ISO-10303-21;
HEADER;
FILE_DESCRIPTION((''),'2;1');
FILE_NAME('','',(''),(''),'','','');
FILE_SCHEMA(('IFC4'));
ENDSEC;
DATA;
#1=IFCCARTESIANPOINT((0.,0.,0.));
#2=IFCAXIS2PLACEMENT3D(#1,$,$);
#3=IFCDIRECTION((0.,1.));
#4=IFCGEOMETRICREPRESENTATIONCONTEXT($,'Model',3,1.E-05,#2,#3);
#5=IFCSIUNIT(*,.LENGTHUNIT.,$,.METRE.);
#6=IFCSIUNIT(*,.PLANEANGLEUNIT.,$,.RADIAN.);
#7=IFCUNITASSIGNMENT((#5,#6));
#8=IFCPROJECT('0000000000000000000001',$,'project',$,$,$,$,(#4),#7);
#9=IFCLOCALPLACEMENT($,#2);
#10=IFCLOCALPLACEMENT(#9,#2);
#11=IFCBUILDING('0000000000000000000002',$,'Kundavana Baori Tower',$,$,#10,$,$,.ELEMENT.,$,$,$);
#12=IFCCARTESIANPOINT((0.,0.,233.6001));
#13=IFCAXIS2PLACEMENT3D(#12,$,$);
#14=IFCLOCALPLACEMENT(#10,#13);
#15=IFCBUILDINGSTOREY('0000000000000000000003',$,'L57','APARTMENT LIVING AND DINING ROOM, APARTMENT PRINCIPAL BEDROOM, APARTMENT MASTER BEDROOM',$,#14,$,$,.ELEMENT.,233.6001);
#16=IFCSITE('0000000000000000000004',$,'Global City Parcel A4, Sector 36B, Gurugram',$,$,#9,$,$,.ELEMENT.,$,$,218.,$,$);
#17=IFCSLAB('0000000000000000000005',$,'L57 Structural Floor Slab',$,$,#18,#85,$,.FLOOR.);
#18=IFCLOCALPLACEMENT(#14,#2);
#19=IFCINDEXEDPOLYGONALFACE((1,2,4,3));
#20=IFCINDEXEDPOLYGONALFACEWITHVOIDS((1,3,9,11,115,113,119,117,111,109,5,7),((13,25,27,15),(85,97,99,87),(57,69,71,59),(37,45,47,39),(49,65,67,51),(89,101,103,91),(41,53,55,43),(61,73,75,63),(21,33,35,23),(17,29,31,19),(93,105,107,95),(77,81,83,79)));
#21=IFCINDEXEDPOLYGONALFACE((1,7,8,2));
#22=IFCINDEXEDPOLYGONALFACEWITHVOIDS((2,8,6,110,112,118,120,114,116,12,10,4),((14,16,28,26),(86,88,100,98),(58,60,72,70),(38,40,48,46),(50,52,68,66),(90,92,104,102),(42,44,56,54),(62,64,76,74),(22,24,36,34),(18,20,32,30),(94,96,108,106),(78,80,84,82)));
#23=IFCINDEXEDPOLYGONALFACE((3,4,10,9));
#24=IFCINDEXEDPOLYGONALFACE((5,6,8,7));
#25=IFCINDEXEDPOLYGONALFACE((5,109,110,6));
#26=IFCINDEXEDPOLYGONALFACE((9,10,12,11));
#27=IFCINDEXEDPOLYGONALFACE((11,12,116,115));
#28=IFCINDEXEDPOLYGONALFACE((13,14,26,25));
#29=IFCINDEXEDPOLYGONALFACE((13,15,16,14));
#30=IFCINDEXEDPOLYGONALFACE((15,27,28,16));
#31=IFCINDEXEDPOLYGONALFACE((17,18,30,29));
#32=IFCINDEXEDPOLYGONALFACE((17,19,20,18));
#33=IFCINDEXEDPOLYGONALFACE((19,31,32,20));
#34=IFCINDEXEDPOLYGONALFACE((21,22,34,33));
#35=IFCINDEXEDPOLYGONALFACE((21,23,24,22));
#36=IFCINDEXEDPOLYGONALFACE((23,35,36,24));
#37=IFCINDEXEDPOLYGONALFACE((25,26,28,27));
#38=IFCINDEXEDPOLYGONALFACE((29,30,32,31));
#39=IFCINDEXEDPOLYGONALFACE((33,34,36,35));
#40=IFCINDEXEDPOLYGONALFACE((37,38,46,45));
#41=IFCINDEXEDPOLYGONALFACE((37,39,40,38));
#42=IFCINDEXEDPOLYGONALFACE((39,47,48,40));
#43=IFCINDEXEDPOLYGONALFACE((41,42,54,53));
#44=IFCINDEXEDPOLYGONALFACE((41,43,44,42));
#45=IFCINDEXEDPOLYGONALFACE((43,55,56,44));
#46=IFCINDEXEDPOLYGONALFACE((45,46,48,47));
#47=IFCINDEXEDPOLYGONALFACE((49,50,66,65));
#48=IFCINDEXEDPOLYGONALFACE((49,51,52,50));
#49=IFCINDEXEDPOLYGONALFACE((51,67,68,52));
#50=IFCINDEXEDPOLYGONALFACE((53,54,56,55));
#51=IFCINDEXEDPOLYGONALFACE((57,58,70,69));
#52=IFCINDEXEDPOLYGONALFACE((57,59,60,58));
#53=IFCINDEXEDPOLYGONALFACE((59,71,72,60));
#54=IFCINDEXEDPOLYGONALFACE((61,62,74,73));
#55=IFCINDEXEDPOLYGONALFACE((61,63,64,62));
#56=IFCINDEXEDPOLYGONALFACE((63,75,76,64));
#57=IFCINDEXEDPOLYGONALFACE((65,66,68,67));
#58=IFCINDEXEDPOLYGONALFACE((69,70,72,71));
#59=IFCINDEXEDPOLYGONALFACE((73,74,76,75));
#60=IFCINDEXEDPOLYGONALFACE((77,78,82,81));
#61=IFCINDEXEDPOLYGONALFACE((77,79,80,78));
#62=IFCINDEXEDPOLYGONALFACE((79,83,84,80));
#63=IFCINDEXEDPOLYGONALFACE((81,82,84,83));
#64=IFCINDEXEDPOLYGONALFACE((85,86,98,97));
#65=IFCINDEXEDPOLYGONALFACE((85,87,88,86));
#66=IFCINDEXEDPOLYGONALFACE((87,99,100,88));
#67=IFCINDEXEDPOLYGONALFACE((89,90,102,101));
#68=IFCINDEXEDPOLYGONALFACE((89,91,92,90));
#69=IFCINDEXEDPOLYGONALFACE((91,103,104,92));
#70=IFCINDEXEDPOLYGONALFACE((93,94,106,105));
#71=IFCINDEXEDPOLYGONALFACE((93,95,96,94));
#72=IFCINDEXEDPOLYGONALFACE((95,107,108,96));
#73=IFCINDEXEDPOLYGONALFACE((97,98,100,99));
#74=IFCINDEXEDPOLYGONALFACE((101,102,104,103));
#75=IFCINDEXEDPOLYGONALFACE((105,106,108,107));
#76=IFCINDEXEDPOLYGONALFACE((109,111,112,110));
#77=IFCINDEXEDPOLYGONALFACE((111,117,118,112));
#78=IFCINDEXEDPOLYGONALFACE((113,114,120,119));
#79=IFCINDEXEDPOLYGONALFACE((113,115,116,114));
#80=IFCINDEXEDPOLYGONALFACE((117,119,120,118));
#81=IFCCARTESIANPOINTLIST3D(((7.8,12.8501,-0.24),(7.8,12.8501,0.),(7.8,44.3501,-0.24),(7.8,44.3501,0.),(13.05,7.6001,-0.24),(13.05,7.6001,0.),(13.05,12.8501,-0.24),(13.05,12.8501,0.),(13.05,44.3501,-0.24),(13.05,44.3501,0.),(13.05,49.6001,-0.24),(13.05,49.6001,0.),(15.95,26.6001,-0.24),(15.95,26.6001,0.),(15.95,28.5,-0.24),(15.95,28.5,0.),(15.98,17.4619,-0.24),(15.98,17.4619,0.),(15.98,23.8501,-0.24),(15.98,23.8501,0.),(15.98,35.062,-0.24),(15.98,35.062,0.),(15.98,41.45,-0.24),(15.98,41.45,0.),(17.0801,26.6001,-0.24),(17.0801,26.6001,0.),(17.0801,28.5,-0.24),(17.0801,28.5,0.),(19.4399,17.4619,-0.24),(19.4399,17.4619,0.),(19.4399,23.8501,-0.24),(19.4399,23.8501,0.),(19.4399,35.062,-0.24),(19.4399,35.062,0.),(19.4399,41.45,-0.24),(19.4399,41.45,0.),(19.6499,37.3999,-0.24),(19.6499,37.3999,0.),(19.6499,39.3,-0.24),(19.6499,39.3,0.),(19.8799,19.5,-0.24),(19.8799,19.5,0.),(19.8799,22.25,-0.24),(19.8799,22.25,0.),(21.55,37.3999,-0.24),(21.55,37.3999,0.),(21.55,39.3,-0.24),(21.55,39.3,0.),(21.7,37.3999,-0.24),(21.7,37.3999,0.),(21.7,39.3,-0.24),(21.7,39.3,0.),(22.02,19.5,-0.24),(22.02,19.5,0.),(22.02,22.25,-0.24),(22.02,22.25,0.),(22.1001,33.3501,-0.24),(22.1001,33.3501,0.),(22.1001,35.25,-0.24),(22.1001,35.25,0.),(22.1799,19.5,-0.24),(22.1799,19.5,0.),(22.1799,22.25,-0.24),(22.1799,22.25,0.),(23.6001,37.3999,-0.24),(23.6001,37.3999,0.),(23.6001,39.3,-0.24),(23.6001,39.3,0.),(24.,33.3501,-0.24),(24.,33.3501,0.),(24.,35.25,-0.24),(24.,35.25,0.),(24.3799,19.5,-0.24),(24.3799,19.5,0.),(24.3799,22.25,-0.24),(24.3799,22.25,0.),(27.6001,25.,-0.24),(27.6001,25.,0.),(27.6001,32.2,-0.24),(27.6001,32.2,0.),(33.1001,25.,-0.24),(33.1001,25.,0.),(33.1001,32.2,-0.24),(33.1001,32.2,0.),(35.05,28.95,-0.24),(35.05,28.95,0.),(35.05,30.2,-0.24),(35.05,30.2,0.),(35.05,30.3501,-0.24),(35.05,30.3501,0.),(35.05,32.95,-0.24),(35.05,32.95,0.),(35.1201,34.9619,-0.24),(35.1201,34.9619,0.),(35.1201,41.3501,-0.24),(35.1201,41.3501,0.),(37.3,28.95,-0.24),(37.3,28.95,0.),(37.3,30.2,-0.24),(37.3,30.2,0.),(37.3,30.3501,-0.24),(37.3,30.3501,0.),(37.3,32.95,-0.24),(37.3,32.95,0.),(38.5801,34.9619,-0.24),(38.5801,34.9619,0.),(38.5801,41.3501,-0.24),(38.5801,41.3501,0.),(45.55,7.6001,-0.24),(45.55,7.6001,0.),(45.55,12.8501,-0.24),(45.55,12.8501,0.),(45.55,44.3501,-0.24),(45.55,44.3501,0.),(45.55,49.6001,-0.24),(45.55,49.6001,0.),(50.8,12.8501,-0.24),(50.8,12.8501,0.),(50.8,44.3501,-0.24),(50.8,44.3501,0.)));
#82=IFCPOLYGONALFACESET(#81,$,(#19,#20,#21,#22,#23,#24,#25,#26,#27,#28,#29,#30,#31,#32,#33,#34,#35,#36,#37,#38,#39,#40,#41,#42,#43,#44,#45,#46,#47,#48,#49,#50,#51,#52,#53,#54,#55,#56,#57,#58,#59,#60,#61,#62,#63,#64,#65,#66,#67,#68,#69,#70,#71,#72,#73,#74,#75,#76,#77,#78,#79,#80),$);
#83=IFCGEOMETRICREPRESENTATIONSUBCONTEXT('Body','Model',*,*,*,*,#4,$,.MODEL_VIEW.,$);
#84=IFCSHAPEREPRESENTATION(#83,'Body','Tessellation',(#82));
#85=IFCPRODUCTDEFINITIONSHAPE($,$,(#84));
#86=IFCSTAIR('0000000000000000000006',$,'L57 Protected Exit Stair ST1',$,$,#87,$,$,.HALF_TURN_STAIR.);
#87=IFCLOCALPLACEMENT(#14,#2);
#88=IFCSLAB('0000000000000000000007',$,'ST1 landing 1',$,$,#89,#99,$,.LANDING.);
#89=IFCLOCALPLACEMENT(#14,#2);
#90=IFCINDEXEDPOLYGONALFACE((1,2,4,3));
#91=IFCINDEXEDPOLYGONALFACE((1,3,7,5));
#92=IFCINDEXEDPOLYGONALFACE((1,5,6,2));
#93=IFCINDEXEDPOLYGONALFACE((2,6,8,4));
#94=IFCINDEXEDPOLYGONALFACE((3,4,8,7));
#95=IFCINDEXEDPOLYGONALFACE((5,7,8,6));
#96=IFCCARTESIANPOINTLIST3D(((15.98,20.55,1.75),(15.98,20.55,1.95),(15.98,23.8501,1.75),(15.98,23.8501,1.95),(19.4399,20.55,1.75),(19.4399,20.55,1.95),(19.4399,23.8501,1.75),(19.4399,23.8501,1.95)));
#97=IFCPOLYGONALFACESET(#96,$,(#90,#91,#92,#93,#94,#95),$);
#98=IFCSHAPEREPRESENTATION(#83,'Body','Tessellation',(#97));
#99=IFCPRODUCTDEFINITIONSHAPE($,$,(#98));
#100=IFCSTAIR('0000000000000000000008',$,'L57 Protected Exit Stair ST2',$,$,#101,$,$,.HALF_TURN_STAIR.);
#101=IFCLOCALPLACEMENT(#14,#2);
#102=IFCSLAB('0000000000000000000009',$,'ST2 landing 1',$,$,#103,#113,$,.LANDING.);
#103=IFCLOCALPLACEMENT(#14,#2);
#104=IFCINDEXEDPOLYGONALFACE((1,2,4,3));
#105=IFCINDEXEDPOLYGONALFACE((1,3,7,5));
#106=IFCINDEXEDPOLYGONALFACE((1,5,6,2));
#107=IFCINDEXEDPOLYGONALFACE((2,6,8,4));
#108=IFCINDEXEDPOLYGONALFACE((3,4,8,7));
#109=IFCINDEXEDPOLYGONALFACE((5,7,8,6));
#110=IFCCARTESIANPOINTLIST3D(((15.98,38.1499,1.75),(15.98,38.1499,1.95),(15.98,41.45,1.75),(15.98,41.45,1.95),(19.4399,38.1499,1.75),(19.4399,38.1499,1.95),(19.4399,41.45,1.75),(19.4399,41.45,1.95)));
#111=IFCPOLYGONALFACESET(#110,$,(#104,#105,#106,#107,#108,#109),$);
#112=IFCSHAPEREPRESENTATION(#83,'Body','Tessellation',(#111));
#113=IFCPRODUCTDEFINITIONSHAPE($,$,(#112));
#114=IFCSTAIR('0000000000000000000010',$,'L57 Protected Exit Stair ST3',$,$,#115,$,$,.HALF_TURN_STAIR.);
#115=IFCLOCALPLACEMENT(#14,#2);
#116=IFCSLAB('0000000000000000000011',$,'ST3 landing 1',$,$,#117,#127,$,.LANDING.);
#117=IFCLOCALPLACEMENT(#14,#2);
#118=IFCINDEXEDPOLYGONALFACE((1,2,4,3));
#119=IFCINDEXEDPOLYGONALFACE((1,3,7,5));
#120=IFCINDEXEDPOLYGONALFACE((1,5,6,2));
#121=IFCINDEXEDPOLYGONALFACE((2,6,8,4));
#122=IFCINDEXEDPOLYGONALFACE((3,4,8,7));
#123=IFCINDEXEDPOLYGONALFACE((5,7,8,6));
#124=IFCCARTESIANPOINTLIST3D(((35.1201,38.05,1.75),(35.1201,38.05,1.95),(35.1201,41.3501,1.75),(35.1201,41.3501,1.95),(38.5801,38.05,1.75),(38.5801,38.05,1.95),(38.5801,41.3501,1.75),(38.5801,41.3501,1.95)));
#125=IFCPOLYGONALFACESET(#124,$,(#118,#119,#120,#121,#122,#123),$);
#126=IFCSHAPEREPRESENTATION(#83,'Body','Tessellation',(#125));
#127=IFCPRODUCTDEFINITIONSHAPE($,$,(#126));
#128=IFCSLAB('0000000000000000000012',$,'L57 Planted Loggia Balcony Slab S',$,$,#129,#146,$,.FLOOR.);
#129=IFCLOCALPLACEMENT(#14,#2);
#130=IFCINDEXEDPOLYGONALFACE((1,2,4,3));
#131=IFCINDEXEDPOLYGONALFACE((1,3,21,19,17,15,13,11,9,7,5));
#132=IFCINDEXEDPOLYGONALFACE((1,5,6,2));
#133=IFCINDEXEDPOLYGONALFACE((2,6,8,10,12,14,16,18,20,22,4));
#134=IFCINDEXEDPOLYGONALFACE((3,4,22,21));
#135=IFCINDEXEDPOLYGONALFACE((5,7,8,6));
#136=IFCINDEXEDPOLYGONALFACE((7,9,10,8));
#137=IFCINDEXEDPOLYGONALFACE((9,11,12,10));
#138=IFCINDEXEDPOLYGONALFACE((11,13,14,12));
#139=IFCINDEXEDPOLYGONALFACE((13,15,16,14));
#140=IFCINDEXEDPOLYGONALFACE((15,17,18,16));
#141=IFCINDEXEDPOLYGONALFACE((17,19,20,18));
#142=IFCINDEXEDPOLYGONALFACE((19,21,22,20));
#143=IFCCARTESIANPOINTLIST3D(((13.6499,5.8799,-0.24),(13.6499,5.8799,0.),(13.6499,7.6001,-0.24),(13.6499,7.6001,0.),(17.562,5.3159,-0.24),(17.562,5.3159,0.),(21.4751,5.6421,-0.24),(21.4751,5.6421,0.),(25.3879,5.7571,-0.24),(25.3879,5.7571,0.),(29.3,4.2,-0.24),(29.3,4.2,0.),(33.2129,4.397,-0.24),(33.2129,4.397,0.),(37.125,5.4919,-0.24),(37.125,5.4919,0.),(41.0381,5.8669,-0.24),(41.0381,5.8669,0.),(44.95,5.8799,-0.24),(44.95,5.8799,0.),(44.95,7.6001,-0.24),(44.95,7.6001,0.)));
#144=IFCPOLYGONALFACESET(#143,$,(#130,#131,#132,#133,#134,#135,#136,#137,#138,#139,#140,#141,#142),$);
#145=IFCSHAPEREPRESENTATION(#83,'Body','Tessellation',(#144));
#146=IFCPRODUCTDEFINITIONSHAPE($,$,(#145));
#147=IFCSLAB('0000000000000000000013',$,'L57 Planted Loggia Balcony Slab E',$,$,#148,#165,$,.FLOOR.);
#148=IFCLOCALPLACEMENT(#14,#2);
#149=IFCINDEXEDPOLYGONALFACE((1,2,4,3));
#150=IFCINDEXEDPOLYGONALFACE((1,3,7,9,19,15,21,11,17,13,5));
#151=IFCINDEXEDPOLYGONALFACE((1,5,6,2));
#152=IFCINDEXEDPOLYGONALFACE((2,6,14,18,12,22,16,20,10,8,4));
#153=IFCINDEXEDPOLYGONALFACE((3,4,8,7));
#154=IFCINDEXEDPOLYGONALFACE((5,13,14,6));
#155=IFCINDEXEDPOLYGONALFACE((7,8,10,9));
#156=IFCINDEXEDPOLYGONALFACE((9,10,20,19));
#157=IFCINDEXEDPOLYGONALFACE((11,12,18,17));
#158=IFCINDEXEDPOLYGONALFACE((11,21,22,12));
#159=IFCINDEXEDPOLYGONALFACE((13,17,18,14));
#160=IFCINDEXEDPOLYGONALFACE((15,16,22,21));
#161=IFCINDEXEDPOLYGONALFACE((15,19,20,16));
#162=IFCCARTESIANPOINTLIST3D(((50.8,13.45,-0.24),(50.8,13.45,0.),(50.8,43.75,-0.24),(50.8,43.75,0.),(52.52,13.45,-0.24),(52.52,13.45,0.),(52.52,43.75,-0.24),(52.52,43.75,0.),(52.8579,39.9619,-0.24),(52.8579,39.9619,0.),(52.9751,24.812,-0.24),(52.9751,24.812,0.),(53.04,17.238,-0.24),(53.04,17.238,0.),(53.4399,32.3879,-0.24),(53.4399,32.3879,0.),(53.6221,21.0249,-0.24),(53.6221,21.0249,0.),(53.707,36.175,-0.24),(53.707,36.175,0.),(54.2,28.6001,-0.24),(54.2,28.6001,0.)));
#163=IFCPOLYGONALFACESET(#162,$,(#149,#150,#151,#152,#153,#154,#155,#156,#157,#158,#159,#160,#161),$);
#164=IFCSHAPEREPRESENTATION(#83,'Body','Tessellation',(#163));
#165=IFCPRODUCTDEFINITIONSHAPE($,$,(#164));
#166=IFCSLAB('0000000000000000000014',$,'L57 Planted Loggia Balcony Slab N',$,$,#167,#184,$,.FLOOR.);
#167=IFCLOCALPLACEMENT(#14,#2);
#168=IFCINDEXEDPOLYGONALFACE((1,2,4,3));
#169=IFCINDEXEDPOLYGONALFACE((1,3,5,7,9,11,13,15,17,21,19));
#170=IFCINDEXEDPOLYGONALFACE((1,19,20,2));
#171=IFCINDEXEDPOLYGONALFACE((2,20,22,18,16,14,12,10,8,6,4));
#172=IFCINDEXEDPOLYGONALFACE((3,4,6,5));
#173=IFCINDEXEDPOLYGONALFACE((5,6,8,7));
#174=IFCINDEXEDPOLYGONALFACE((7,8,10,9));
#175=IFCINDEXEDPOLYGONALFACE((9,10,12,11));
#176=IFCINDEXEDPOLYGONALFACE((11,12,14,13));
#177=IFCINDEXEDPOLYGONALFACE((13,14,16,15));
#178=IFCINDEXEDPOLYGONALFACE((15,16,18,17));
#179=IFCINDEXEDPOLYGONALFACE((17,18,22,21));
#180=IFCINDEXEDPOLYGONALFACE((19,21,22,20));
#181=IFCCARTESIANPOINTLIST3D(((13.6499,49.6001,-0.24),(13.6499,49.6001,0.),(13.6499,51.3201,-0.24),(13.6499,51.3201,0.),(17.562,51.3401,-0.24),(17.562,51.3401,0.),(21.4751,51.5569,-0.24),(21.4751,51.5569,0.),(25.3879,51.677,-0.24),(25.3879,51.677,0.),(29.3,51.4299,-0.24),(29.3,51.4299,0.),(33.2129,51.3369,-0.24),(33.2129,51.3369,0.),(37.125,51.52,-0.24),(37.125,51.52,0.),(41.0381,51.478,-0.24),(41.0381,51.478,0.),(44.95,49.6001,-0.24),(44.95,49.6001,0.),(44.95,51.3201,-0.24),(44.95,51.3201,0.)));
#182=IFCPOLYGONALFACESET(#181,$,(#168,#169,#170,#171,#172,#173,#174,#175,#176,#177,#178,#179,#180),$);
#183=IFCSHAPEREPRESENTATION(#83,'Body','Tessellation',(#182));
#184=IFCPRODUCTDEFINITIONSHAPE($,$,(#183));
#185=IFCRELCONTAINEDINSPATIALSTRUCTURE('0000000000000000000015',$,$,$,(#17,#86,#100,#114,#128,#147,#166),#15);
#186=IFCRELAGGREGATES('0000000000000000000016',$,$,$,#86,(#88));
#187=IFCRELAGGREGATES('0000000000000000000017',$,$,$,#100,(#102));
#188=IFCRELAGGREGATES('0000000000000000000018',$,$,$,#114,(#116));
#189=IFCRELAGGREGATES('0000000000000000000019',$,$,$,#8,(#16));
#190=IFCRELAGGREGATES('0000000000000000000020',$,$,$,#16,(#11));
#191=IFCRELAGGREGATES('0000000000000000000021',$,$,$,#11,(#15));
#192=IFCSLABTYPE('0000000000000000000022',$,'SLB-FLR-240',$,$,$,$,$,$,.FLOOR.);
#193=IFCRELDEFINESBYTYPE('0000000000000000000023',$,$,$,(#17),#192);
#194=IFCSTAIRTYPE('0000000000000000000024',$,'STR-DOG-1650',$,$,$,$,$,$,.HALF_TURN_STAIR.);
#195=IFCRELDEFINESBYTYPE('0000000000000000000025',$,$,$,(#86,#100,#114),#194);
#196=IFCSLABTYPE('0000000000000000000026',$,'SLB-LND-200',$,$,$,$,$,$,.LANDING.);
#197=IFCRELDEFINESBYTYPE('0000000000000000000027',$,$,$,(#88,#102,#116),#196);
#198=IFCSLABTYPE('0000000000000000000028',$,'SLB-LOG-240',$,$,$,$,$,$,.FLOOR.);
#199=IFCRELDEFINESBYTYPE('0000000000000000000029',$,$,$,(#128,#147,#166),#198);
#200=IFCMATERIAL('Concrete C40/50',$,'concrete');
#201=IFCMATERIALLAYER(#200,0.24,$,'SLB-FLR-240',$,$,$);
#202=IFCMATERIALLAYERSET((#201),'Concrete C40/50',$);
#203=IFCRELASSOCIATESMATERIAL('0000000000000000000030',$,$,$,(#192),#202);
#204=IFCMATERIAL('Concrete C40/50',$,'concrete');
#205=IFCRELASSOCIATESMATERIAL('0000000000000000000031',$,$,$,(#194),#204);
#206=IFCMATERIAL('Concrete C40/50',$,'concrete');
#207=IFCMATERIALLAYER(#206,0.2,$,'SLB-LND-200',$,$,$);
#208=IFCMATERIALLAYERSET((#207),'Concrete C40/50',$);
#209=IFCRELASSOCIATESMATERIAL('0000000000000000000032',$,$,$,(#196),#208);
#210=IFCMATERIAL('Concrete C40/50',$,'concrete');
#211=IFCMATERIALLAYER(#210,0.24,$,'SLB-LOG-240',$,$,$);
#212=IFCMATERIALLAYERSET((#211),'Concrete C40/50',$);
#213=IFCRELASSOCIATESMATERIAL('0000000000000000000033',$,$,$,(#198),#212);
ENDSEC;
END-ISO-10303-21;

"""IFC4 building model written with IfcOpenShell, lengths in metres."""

from ifc_helpers import new_model, si_unit, direction, frame, origin, place, context, subcontext, project, spatial, polyline, outline, extrude, material, layer, layer_set, type_object, element, aggregate, save


model = new_model("IFC4")

# Units and contexts
model_context = context("Model", 3, precision=1e-05, world=origin(), true_north=direction((0.0, 1.0)))
body_context = subcontext(model_context, "Body", "Model", "MODEL_VIEW")
ifc_project = project(units=[si_unit("LENGTHUNIT", "METRE"), si_unit("PLANEANGLEUNIT", "RADIAN")], contexts=[model_context])

# Site, building, storey
site_placement = place(None, origin())
site = spatial("IfcSite", under=ifc_project, at=site_placement, Name="Global City Parcel A4, Sector 36B, Gurugram", CompositionType="ELEMENT", RefElevation=218.0)
building_placement = place(site_placement, origin())
building = spatial("IfcBuilding", under=site, at=building_placement, Name="Kundavana Baori Tower", CompositionType="ELEMENT")
storey_placement = place(building_placement, frame((0.0, 0.0, 233.6001)))
storey = spatial("IfcBuildingStorey", under=building, at=storey_placement, Name="L57", Description="APARTMENT LIVING AND DINING ROOM, APARTMENT PRINCIPAL BEDROOM, APARTMENT MASTER BEDROOM", CompositionType="ELEMENT", Elevation=233.6001)

# Slab
ifc_material_1 = material(Name="Concrete C40/50", Category="concrete")
ifc_layer_1 = layer(ifc_material_1, 0.24, Name="SLB-FLR-240")
ifc_layer_set_1 = layer_set([ifc_layer_1], Name="Concrete C40/50")
slab_type_1 = type_object("IfcSlabType", Name="SLB-FLR-240", PredefinedType="FLOOR", material=ifc_layer_set_1)
slab_1_placement = place(storey_placement, frame((0.0, 0.0, -0.24)))
element("IfcSlab", 1, at=slab_1_placement, inside=storey, type_object=slab_type_1, Name="L57 Structural Floor Slab", PredefinedType="FLOOR", context=body_context, shape_type="SweptSolid", body=[
    extrude(outline(polyline([(13.05, 7.6001), (45.55, 7.6001), (45.55, 12.8501), (50.8, 12.8501), (50.8, 44.3501), (45.55, 44.3501), (45.55, 49.6001), (13.05, 49.6001), (13.05, 44.3501), (7.8, 44.3501), (7.8, 12.8501), (13.05, 12.8501), (13.05, 7.6001)]), holes=[polyline([(19.4399, 17.4619), (19.4399, 23.8501), (15.98, 23.8501), (15.98, 17.4619), (19.4399, 17.4619)]), polyline([(19.4399, 35.062), (19.4399, 41.45), (15.98, 41.45), (15.98, 35.062), (19.4399, 35.062)]), polyline([(38.5801, 34.9619), (38.5801, 41.3501), (35.1201, 41.3501), (35.1201, 34.9619), (38.5801, 34.9619)]), polyline([(19.6499, 37.3999), (21.55, 37.3999), (21.55, 39.3), (19.6499, 39.3), (19.6499, 37.3999)]), polyline([(21.7, 37.3999), (23.6001, 37.3999), (23.6001, 39.3), (21.7, 39.3), (21.7, 37.3999)]), polyline([(22.1001, 33.3501), (24.0, 33.3501), (24.0, 35.25), (22.1001, 35.25), (22.1001, 33.3501)]), polyline([(19.8799, 19.5), (22.02, 19.5), (22.02, 22.25), (19.8799, 22.25), (19.8799, 19.5)]), polyline([(22.1799, 19.5), (24.3799, 19.5), (24.3799, 22.25), (22.1799, 22.25), (22.1799, 19.5)]), polyline([(35.05, 30.3501), (37.3, 30.3501), (37.3, 32.95), (35.05, 32.95), (35.05, 30.3501)]), polyline([(15.95, 26.6001), (17.0801, 26.6001), (17.0801, 28.5), (15.95, 28.5), (15.95, 26.6001)]), polyline([(35.05, 28.95), (37.3, 28.95), (37.3, 30.2), (35.05, 30.2), (35.05, 28.95)]), polyline([(27.6001, 25.0), (33.1001, 25.0), (33.1001, 32.2), (27.6001, 32.2), (27.6001, 25.0)])]), origin(), (0.0, 0.0, 1.0), 0.24),
])

# Stairs, slabs
ifc_material_2 = material(Name="Concrete C40/50", Category="concrete")
stair_type = type_object("IfcStairType", Name="STR-DOG-1650", PredefinedType="HALF_TURN_STAIR", material=ifc_material_2)
stair_1_placement = place(storey_placement, origin())
stair_1 = element("IfcStair", 2, at=stair_1_placement, inside=storey, type_object=stair_type, Name="L57 Protected Exit Stair ST1", PredefinedType="HALF_TURN_STAIR")
ifc_material_3 = material(Name="Concrete C40/50", Category="concrete")
ifc_layer_2 = layer(ifc_material_3, 0.2, Name="SLB-LND-200")
ifc_layer_set_2 = layer_set([ifc_layer_2], Name="Concrete C40/50")
slab_type_2 = type_object("IfcSlabType", Name="SLB-LND-200", PredefinedType="LANDING", material=ifc_layer_set_2)
slab_2_placement = place(storey_placement, frame((0.0, 0.0, 1.75)))
slab_2 = element("IfcSlab", 3, at=slab_2_placement, type_object=slab_type_2, Name="ST1 landing 1", PredefinedType="LANDING", context=body_context, shape_type="SweptSolid", body=[
    extrude(outline(polyline([(19.4399, 20.55), (19.4399, 23.8501), (15.98, 23.8501), (15.98, 20.55), (19.4399, 20.55)])), origin(), (0.0, 0.0, 1.0), 0.2),
])
aggregate(stair_1, [slab_2])
stair_2_placement = place(storey_placement, origin())
stair_2 = element("IfcStair", 4, at=stair_2_placement, inside=storey, type_object=stair_type, Name="L57 Protected Exit Stair ST2", PredefinedType="HALF_TURN_STAIR")
slab_3_placement = place(storey_placement, frame((0.0, 0.0, 1.75)))
slab_3 = element("IfcSlab", 5, at=slab_3_placement, type_object=slab_type_2, Name="ST2 landing 1", PredefinedType="LANDING", context=body_context, shape_type="SweptSolid", body=[
    extrude(outline(polyline([(19.4399, 38.1499), (19.4399, 41.45), (15.98, 41.45), (15.98, 38.1499), (19.4399, 38.1499)])), origin(), (0.0, 0.0, 1.0), 0.2),
])
aggregate(stair_2, [slab_3])
stair_3_placement = place(storey_placement, origin())
stair_3 = element("IfcStair", 6, at=stair_3_placement, inside=storey, type_object=stair_type, Name="L57 Protected Exit Stair ST3", PredefinedType="HALF_TURN_STAIR")
slab_4_placement = place(storey_placement, frame((0.0, 0.0, 1.75)))
slab_4 = element("IfcSlab", 7, at=slab_4_placement, type_object=slab_type_2, Name="ST3 landing 1", PredefinedType="LANDING", context=body_context, shape_type="SweptSolid", body=[
    extrude(outline(polyline([(38.5801, 38.05), (38.5801, 41.3501), (35.1201, 41.3501), (35.1201, 38.05), (38.5801, 38.05)])), origin(), (0.0, 0.0, 1.0), 0.2),
])
aggregate(stair_3, [slab_4])

# Slabs
ifc_material_4 = material(Name="Concrete C40/50", Category="concrete")
ifc_layer_3 = layer(ifc_material_4, 0.24, Name="SLB-LOG-240")
ifc_layer_set_3 = layer_set([ifc_layer_3], Name="Concrete C40/50")
slab_type_3 = type_object("IfcSlabType", Name="SLB-LOG-240", PredefinedType="FLOOR", material=ifc_layer_set_3)
slab_5_placement = place(storey_placement, frame((0.0, 0.0, -0.24)))
element("IfcSlab", 8, at=slab_5_placement, inside=storey, type_object=slab_type_3, Name="L57 Planted Loggia Balcony Slab S", PredefinedType="FLOOR", context=body_context, shape_type="SweptSolid", body=[
    extrude(outline(polyline([(13.6499, 7.6001), (44.95, 7.6001), (44.95, 5.8799), (41.0381, 5.8669), (37.125, 5.4919), (33.2129, 4.397), (29.3, 4.2), (25.3879, 5.7571), (21.4751, 5.6421), (17.562, 5.3159), (13.6499, 5.8799), (13.6499, 7.6001)])), origin(), (0.0, 0.0, 1.0), 0.24),
])
slab_6_placement = place(storey_placement, frame((0.0, 0.0, -0.24)))
element("IfcSlab", 9, at=slab_6_placement, inside=storey, type_object=slab_type_3, Name="L57 Planted Loggia Balcony Slab E", PredefinedType="FLOOR", context=body_context, shape_type="SweptSolid", body=[
    extrude(outline(polyline([(50.8, 13.45), (50.8, 43.75), (52.52, 43.75), (52.8579, 39.9619), (53.707, 36.175), (53.4399, 32.3879), (54.2, 28.6001), (52.9751, 24.812), (53.6221, 21.0249), (53.04, 17.238), (52.52, 13.45), (50.8, 13.45)])), origin(), (0.0, 0.0, 1.0), 0.24),
])
slab_7_placement = place(storey_placement, frame((0.0, 0.0, -0.24)))
element("IfcSlab", 10, at=slab_7_placement, inside=storey, type_object=slab_type_3, Name="L57 Planted Loggia Balcony Slab N", PredefinedType="FLOOR", context=body_context, shape_type="SweptSolid", body=[
    extrude(outline(polyline([(44.95, 49.6001), (13.6499, 49.6001), (13.6499, 51.3201), (17.562, 51.3401), (21.4751, 51.5569), (25.3879, 51.677), (29.3, 51.4299), (33.2129, 51.3369), (37.125, 51.52), (41.0381, 51.478), (44.95, 51.3201), (44.95, 49.6001)])), origin(), (0.0, 0.0, 1.0), 0.24),
])

save(model, "model.ifc")
